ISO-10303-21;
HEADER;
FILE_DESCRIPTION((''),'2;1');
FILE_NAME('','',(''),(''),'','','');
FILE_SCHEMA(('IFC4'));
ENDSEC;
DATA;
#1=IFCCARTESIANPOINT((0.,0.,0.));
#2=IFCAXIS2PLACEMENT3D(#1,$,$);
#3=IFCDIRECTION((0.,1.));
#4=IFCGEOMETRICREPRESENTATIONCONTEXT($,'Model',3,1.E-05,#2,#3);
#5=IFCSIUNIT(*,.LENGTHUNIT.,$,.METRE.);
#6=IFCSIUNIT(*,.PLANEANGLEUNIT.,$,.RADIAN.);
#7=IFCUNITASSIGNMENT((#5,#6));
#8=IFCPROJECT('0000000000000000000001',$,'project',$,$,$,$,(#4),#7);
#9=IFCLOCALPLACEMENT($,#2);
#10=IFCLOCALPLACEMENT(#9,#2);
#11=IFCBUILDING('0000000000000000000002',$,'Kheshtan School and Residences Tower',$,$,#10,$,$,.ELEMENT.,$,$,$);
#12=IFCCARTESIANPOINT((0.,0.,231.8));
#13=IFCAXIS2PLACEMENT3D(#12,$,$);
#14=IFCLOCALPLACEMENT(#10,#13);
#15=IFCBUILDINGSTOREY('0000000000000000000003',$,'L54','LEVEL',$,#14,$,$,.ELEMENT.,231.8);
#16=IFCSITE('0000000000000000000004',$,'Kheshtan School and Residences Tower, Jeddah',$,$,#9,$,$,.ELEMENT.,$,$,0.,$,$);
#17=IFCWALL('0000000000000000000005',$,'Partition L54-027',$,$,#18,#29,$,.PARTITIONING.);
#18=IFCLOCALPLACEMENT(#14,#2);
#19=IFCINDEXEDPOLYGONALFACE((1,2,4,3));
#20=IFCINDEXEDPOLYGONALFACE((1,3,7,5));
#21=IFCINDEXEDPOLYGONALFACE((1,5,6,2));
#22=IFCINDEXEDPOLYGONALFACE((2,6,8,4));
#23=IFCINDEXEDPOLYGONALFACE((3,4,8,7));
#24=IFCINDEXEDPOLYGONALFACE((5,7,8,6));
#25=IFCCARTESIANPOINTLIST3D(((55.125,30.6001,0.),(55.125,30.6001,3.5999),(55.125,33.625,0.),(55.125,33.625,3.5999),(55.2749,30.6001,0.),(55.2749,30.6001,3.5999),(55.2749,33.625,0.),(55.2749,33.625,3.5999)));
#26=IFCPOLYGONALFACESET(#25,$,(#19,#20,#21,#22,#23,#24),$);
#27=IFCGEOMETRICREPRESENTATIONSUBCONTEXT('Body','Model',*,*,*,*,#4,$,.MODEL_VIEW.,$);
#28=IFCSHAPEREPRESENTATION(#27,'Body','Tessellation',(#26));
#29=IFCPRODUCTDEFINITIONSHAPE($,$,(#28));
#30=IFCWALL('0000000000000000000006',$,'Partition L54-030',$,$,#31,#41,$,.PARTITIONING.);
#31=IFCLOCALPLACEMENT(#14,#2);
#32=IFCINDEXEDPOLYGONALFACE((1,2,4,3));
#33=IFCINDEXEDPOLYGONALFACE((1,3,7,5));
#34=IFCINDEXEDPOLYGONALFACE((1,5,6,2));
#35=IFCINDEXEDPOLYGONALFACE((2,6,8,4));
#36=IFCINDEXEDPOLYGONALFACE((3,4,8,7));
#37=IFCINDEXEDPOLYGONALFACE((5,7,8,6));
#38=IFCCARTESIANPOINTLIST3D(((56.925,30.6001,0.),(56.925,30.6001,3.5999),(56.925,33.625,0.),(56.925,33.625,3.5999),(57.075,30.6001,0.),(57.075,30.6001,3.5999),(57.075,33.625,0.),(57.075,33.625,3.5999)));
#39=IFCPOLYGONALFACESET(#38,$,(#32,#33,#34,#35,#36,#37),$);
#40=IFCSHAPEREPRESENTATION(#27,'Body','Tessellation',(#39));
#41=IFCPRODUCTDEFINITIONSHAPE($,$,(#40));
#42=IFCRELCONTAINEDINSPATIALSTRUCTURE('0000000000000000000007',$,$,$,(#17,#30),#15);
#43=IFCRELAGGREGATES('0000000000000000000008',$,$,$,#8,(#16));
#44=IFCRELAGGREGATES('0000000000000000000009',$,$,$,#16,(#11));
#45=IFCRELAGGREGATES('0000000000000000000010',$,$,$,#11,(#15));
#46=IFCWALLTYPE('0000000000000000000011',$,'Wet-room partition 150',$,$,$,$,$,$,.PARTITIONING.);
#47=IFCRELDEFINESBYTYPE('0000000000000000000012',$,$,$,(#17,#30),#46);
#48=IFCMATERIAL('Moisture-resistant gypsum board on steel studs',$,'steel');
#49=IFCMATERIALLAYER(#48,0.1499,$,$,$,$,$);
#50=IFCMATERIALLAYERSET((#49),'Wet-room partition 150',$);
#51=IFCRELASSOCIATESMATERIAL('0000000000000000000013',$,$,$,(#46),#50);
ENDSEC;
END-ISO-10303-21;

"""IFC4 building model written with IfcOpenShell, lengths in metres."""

from ifc_helpers import new_model, si_unit, direction, frame, frame_2d, origin, place, context, subcontext, project, spatial, rectangle, extrude, material, layer, layer_set, type_object, element, save


model = new_model("IFC4")

# Units and contexts
model_context = context("Model", 3, precision=1e-05, world=origin(), true_north=direction((0.0, 1.0)))
body_context = subcontext(model_context, "Body", "Model", "MODEL_VIEW")
ifc_project = project(units=[si_unit("LENGTHUNIT", "METRE"), si_unit("PLANEANGLEUNIT", "RADIAN")], contexts=[model_context])

# Site, building, storey
site_placement = place(None, origin())
site = spatial("IfcSite", under=ifc_project, at=site_placement, Name="Kheshtan School and Residences Tower, Jeddah", CompositionType="ELEMENT", RefElevation=0.0)
building_placement = place(site_placement, origin())
building = spatial("IfcBuilding", under=site, at=building_placement, Name="Kheshtan School and Residences Tower", CompositionType="ELEMENT")
storey_placement = place(building_placement, frame((0.0, 0.0, 231.8)))
storey = spatial("IfcBuildingStorey", under=building, at=storey_placement, Name="L54", Description="LEVEL", CompositionType="ELEMENT", Elevation=231.8)

# Shared definitions
ifc_material_1 = material(Name="Moisture-resistant gypsum board on steel studs", Category="steel")
ifc_layer_1 = layer(ifc_material_1, 0.1499)
ifc_layer_set_1 = layer_set([ifc_layer_1], Name="Wet-room partition 150")
wall_type_1 = type_object("IfcWallType", Name="Wet-room partition 150", PredefinedType="PARTITIONING", material=ifc_layer_set_1)

# Walls
for number, where, z_axis, x_axis, name in (
    (1, (55.2, 30.6001, 0.0), (0.0, 0.0, 1.0), (0.0, 1.0, 0.0), "Partition L54-027"),
    (2, (57.0, 30.6001, 0.0), (0.0, 0.0, 1.0), (0.0, 1.0, 0.0), "Partition L54-030"),
):
    element("IfcWall", number, at=place(storey_placement, frame(where, z_axis=z_axis, x_axis=x_axis)), inside=storey, type_object=wall_type_1, Name=name, PredefinedType="PARTITIONING", context=body_context, shape_type="SweptSolid", body=[
        extrude(rectangle(XDim=3.0249, YDim=0.1499, at=frame_2d((1.5125, 0.0))), origin(), (0.0, 0.0, 1.0), 3.5999),
    ])

save(model, "model.ifc")
